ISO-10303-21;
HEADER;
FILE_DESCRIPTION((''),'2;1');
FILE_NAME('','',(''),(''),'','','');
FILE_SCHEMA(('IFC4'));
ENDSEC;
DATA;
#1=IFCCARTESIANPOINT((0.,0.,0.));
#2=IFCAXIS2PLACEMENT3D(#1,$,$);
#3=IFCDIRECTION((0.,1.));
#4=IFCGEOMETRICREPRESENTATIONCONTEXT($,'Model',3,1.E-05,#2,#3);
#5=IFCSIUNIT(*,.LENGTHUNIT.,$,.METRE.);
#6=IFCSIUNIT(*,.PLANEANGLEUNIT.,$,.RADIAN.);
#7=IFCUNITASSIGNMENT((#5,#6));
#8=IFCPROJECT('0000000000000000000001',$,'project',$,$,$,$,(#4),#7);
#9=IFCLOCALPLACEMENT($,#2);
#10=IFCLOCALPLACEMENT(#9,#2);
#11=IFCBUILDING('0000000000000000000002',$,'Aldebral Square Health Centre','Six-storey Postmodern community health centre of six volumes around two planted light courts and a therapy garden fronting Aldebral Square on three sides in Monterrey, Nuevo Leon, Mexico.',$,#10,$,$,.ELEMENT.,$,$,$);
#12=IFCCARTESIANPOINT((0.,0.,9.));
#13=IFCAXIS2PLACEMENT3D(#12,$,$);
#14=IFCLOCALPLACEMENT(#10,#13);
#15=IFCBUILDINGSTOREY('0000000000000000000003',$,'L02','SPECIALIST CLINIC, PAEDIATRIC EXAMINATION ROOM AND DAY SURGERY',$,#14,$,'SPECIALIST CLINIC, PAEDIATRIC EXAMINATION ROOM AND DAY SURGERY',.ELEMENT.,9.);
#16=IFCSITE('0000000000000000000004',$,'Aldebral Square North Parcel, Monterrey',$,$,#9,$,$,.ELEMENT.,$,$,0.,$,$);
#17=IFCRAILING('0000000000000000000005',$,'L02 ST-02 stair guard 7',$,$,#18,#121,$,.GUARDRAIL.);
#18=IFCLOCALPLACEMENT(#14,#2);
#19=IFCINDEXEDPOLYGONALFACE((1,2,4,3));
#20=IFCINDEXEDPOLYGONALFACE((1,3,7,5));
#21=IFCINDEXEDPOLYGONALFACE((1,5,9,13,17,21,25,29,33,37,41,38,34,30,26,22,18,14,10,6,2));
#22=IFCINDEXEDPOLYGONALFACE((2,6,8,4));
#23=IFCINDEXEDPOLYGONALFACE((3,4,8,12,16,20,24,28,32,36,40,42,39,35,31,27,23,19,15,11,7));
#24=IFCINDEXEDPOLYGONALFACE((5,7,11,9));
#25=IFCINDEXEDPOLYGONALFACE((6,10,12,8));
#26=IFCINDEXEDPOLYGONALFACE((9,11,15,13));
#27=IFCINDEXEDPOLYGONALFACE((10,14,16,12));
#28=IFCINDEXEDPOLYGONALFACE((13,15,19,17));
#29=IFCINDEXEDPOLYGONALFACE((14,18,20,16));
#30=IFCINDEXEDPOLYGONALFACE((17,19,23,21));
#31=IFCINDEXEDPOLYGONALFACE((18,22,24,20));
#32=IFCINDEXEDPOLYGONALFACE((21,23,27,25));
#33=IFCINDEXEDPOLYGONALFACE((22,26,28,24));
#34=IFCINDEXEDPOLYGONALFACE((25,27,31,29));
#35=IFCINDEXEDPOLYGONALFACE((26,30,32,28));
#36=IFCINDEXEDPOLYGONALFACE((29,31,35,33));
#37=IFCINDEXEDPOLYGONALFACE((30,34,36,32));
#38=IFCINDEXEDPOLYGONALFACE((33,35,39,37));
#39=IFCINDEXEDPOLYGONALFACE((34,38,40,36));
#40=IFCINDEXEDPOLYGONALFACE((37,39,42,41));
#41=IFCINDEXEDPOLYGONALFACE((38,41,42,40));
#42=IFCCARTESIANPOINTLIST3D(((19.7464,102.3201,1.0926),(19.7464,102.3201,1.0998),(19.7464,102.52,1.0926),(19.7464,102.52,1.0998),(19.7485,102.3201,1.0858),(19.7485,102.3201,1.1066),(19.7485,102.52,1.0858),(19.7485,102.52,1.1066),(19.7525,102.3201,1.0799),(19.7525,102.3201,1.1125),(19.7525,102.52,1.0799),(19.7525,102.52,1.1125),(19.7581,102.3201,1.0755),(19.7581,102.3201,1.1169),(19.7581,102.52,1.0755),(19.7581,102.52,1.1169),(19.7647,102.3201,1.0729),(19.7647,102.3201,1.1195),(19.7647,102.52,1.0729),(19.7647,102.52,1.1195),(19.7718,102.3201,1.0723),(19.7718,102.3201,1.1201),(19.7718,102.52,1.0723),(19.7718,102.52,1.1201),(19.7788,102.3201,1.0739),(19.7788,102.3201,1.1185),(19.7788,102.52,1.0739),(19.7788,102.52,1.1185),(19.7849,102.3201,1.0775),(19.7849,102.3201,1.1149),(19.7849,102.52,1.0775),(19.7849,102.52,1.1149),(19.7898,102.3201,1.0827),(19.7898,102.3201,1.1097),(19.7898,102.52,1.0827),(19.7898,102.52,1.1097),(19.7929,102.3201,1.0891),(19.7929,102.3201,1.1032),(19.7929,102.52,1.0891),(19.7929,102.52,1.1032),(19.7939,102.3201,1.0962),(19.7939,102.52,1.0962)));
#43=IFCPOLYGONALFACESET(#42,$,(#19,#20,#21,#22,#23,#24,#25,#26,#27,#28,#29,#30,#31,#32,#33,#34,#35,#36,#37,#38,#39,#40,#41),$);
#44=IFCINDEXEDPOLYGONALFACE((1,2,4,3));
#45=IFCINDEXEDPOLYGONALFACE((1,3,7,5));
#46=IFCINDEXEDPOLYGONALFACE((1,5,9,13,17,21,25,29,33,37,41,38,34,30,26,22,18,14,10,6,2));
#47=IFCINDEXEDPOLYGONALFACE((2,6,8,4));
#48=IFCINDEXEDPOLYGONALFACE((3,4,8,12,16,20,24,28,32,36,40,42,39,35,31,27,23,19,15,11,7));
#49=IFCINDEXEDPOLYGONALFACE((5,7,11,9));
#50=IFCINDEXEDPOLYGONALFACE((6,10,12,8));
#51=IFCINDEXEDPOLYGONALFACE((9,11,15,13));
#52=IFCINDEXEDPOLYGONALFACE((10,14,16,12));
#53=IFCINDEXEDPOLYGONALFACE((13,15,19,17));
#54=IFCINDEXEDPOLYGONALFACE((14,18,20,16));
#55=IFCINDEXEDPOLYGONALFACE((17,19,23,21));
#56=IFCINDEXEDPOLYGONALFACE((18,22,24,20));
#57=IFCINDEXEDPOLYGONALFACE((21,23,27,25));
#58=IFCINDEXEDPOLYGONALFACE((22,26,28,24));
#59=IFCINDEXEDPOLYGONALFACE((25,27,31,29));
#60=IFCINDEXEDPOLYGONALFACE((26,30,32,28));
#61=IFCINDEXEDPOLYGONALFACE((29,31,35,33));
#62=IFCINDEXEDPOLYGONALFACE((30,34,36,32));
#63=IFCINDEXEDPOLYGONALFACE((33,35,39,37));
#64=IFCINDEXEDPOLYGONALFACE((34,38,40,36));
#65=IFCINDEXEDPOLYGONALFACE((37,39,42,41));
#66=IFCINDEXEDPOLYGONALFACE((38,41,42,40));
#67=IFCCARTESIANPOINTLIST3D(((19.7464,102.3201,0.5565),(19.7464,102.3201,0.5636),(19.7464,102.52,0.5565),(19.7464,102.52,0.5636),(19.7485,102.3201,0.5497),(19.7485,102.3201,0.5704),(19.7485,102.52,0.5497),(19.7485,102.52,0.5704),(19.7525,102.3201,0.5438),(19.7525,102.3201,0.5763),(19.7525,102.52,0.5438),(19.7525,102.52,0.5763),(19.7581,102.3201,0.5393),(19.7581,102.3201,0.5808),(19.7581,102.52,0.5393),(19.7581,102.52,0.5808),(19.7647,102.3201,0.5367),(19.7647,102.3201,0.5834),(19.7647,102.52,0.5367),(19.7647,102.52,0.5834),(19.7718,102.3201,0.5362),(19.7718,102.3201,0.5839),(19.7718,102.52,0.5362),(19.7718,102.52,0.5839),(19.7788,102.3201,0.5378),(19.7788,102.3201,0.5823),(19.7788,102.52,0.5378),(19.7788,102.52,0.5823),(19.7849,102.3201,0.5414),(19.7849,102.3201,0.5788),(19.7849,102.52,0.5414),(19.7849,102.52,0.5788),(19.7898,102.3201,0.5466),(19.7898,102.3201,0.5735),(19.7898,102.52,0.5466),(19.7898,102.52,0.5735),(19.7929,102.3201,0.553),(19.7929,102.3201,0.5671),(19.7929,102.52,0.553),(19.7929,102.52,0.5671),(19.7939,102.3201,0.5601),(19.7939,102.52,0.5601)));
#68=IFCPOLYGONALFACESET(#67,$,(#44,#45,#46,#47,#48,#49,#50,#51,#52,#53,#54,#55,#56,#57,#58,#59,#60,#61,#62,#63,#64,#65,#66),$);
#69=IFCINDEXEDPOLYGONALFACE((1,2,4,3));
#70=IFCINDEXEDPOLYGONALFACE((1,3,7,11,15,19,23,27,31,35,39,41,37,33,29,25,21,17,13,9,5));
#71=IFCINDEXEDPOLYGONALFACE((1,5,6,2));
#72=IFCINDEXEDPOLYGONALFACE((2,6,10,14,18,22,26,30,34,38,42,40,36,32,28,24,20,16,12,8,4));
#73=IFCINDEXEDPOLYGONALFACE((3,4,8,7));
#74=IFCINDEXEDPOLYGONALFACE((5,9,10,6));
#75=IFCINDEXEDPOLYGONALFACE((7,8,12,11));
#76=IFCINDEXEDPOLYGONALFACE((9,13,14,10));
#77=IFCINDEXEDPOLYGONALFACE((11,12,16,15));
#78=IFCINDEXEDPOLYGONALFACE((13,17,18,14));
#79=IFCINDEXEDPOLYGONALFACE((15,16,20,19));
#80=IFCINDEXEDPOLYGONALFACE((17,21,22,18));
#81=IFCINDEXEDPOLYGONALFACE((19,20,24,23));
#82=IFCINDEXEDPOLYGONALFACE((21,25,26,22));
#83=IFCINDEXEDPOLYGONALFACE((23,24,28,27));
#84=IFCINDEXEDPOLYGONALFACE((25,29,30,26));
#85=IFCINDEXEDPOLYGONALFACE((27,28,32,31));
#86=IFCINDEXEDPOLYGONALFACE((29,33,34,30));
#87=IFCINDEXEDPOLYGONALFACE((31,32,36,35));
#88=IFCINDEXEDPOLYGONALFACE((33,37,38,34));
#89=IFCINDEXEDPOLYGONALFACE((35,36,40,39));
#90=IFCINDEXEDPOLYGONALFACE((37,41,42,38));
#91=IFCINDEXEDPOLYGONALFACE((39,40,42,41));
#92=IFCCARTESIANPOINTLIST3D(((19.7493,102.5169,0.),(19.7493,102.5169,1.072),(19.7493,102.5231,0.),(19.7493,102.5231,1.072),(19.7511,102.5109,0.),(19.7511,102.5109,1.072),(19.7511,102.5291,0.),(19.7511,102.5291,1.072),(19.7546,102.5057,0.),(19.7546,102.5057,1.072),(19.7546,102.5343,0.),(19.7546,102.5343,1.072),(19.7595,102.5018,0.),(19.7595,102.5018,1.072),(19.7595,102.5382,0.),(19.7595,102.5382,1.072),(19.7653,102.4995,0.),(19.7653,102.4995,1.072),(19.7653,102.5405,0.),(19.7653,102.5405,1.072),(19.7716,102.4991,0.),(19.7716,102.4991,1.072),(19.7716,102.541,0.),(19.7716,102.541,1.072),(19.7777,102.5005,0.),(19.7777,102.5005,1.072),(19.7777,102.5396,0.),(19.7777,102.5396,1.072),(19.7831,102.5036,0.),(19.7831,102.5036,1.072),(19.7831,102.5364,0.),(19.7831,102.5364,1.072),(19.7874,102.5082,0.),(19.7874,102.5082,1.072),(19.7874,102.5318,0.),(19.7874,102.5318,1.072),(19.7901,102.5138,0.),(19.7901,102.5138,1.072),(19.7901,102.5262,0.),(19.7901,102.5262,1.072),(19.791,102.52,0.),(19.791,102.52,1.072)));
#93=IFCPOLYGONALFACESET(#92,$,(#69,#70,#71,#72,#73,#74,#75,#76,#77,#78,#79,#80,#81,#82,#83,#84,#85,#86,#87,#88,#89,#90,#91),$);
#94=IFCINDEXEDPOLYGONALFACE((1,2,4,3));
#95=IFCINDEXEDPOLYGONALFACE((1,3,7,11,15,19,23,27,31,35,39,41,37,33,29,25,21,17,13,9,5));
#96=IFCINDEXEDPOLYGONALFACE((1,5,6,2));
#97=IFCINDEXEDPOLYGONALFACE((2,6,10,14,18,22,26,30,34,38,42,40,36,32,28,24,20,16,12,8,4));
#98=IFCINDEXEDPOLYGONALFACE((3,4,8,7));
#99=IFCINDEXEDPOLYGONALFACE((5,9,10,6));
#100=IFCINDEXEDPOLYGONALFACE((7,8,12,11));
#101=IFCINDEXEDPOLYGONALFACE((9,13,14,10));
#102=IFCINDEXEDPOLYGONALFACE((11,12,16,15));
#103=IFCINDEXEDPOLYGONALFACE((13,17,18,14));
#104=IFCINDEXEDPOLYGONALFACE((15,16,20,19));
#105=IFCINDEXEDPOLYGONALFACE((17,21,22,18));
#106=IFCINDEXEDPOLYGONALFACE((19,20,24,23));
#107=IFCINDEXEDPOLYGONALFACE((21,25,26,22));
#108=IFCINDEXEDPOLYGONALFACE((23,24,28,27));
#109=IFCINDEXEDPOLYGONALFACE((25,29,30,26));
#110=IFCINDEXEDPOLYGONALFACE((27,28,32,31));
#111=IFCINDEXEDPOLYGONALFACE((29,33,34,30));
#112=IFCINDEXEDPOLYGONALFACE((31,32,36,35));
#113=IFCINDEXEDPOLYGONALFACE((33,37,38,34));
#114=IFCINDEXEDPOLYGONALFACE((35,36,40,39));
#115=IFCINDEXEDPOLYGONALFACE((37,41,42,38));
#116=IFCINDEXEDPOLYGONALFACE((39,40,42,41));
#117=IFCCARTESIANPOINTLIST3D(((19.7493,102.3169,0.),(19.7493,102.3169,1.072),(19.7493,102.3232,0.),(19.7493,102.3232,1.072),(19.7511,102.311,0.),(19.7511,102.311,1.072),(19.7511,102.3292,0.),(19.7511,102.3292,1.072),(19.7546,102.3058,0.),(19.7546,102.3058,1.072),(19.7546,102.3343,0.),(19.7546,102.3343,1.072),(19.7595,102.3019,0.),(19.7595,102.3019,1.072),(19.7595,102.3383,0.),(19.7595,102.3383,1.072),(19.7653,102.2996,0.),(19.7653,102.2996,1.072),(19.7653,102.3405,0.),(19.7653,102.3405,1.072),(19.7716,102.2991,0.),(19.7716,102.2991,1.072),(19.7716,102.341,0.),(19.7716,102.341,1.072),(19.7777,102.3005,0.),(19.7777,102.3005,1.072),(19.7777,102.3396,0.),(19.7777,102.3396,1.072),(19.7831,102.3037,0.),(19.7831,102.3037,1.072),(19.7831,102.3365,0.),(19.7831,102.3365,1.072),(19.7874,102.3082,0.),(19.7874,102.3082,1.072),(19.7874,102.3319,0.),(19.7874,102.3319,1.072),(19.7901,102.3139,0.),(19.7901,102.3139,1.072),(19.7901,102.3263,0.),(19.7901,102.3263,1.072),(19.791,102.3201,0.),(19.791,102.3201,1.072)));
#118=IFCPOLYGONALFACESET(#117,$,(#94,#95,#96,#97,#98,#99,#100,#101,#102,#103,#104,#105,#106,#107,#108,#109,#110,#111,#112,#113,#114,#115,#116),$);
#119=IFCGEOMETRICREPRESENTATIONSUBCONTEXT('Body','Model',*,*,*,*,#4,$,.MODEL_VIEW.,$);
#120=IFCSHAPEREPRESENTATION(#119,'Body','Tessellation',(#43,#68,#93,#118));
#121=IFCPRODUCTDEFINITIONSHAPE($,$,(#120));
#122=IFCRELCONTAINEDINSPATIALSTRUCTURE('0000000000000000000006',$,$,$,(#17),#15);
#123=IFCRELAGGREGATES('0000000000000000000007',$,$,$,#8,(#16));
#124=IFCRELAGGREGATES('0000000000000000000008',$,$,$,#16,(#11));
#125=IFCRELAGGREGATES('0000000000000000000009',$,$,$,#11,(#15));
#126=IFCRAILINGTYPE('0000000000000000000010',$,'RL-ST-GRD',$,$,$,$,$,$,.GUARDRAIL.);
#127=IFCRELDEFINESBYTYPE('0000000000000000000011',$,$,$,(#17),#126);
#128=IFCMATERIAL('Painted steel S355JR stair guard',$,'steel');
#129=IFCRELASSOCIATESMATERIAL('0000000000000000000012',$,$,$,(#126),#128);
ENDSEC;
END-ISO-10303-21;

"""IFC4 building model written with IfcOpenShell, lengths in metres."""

from ifc_helpers import new_model, si_unit, direction, frame, origin, origin_2d, place, context, subcontext, project, spatial, circle, extrude, material, type_object, element, save


model = new_model("IFC4")

# Units and contexts
model_context = context("Model", 3, precision=1e-05, world=origin(), true_north=direction((0.0, 1.0)))
body_context = subcontext(model_context, "Body", "Model", "MODEL_VIEW")
ifc_project = project(units=[si_unit("LENGTHUNIT", "METRE"), si_unit("PLANEANGLEUNIT", "RADIAN")], contexts=[model_context])

# Site, building, storey
site_placement = place(None, origin())
site = spatial("IfcSite", under=ifc_project, at=site_placement, Name="Aldebral Square North Parcel, Monterrey", CompositionType="ELEMENT", RefElevation=0.0)
building_placement = place(site_placement, origin())
building = spatial("IfcBuilding", under=site, at=building_placement, Name="Aldebral Square Health Centre", Description="Six-storey Postmodern community health centre of six volumes around two planted light courts and a therapy garden fronting Aldebral Square on three sides in Monterrey, Nuevo Leon, Mexico.", CompositionType="ELEMENT")
storey_placement = place(building_placement, frame((0.0, 0.0, 9.0)))
storey = spatial("IfcBuildingStorey", under=building, at=storey_placement, Name="L02", Description="SPECIALIST CLINIC, PAEDIATRIC EXAMINATION ROOM AND DAY SURGERY", LongName="SPECIALIST CLINIC, PAEDIATRIC EXAMINATION ROOM AND DAY SURGERY", CompositionType="ELEMENT", Elevation=9.0)

# Railing
ifc_material_1 = material(Name="Painted steel S355JR stair guard", Category="steel")
railing_type_1 = type_object("IfcRailingType", Name="RL-ST-GRD", PredefinedType="GUARDRAIL", material=ifc_material_1)
railing_1_placement = place(storey_placement, frame((19.77, 102.52, 0.0)))
element("IfcRailing", 1, at=railing_1_placement, inside=storey, type_object=railing_type_1, Name="L02 ST-02 stair guard 7", PredefinedType="GUARDRAIL", context=body_context, shape_type="SweptSolid", body=[
    extrude(circle(Radius=0.0239, at=origin_2d()), frame((0.0, 0.0, 1.0962), z_axis=(0.0, -1.0, 0.0), x_axis=(1.0, 0.0, 0.0)), (0.0, 0.0, 1.0), 0.2),
    extrude(circle(Radius=0.0239, at=origin_2d()), frame((0.0, 0.0, 0.5601), z_axis=(0.0, -1.0, 0.0), x_axis=(1.0, 0.0, 0.0)), (0.0, 0.0, 1.0), 0.2),
    extrude(circle(Radius=0.021, at=origin_2d()), origin(), (0.0, 0.0, 1.0), 1.072),
    extrude(circle(Radius=0.021, at=origin_2d()), frame((0.0, -0.2, 0.0)), (0.0, 0.0, 1.0), 1.072),
])

save(model, "model.ifc")
